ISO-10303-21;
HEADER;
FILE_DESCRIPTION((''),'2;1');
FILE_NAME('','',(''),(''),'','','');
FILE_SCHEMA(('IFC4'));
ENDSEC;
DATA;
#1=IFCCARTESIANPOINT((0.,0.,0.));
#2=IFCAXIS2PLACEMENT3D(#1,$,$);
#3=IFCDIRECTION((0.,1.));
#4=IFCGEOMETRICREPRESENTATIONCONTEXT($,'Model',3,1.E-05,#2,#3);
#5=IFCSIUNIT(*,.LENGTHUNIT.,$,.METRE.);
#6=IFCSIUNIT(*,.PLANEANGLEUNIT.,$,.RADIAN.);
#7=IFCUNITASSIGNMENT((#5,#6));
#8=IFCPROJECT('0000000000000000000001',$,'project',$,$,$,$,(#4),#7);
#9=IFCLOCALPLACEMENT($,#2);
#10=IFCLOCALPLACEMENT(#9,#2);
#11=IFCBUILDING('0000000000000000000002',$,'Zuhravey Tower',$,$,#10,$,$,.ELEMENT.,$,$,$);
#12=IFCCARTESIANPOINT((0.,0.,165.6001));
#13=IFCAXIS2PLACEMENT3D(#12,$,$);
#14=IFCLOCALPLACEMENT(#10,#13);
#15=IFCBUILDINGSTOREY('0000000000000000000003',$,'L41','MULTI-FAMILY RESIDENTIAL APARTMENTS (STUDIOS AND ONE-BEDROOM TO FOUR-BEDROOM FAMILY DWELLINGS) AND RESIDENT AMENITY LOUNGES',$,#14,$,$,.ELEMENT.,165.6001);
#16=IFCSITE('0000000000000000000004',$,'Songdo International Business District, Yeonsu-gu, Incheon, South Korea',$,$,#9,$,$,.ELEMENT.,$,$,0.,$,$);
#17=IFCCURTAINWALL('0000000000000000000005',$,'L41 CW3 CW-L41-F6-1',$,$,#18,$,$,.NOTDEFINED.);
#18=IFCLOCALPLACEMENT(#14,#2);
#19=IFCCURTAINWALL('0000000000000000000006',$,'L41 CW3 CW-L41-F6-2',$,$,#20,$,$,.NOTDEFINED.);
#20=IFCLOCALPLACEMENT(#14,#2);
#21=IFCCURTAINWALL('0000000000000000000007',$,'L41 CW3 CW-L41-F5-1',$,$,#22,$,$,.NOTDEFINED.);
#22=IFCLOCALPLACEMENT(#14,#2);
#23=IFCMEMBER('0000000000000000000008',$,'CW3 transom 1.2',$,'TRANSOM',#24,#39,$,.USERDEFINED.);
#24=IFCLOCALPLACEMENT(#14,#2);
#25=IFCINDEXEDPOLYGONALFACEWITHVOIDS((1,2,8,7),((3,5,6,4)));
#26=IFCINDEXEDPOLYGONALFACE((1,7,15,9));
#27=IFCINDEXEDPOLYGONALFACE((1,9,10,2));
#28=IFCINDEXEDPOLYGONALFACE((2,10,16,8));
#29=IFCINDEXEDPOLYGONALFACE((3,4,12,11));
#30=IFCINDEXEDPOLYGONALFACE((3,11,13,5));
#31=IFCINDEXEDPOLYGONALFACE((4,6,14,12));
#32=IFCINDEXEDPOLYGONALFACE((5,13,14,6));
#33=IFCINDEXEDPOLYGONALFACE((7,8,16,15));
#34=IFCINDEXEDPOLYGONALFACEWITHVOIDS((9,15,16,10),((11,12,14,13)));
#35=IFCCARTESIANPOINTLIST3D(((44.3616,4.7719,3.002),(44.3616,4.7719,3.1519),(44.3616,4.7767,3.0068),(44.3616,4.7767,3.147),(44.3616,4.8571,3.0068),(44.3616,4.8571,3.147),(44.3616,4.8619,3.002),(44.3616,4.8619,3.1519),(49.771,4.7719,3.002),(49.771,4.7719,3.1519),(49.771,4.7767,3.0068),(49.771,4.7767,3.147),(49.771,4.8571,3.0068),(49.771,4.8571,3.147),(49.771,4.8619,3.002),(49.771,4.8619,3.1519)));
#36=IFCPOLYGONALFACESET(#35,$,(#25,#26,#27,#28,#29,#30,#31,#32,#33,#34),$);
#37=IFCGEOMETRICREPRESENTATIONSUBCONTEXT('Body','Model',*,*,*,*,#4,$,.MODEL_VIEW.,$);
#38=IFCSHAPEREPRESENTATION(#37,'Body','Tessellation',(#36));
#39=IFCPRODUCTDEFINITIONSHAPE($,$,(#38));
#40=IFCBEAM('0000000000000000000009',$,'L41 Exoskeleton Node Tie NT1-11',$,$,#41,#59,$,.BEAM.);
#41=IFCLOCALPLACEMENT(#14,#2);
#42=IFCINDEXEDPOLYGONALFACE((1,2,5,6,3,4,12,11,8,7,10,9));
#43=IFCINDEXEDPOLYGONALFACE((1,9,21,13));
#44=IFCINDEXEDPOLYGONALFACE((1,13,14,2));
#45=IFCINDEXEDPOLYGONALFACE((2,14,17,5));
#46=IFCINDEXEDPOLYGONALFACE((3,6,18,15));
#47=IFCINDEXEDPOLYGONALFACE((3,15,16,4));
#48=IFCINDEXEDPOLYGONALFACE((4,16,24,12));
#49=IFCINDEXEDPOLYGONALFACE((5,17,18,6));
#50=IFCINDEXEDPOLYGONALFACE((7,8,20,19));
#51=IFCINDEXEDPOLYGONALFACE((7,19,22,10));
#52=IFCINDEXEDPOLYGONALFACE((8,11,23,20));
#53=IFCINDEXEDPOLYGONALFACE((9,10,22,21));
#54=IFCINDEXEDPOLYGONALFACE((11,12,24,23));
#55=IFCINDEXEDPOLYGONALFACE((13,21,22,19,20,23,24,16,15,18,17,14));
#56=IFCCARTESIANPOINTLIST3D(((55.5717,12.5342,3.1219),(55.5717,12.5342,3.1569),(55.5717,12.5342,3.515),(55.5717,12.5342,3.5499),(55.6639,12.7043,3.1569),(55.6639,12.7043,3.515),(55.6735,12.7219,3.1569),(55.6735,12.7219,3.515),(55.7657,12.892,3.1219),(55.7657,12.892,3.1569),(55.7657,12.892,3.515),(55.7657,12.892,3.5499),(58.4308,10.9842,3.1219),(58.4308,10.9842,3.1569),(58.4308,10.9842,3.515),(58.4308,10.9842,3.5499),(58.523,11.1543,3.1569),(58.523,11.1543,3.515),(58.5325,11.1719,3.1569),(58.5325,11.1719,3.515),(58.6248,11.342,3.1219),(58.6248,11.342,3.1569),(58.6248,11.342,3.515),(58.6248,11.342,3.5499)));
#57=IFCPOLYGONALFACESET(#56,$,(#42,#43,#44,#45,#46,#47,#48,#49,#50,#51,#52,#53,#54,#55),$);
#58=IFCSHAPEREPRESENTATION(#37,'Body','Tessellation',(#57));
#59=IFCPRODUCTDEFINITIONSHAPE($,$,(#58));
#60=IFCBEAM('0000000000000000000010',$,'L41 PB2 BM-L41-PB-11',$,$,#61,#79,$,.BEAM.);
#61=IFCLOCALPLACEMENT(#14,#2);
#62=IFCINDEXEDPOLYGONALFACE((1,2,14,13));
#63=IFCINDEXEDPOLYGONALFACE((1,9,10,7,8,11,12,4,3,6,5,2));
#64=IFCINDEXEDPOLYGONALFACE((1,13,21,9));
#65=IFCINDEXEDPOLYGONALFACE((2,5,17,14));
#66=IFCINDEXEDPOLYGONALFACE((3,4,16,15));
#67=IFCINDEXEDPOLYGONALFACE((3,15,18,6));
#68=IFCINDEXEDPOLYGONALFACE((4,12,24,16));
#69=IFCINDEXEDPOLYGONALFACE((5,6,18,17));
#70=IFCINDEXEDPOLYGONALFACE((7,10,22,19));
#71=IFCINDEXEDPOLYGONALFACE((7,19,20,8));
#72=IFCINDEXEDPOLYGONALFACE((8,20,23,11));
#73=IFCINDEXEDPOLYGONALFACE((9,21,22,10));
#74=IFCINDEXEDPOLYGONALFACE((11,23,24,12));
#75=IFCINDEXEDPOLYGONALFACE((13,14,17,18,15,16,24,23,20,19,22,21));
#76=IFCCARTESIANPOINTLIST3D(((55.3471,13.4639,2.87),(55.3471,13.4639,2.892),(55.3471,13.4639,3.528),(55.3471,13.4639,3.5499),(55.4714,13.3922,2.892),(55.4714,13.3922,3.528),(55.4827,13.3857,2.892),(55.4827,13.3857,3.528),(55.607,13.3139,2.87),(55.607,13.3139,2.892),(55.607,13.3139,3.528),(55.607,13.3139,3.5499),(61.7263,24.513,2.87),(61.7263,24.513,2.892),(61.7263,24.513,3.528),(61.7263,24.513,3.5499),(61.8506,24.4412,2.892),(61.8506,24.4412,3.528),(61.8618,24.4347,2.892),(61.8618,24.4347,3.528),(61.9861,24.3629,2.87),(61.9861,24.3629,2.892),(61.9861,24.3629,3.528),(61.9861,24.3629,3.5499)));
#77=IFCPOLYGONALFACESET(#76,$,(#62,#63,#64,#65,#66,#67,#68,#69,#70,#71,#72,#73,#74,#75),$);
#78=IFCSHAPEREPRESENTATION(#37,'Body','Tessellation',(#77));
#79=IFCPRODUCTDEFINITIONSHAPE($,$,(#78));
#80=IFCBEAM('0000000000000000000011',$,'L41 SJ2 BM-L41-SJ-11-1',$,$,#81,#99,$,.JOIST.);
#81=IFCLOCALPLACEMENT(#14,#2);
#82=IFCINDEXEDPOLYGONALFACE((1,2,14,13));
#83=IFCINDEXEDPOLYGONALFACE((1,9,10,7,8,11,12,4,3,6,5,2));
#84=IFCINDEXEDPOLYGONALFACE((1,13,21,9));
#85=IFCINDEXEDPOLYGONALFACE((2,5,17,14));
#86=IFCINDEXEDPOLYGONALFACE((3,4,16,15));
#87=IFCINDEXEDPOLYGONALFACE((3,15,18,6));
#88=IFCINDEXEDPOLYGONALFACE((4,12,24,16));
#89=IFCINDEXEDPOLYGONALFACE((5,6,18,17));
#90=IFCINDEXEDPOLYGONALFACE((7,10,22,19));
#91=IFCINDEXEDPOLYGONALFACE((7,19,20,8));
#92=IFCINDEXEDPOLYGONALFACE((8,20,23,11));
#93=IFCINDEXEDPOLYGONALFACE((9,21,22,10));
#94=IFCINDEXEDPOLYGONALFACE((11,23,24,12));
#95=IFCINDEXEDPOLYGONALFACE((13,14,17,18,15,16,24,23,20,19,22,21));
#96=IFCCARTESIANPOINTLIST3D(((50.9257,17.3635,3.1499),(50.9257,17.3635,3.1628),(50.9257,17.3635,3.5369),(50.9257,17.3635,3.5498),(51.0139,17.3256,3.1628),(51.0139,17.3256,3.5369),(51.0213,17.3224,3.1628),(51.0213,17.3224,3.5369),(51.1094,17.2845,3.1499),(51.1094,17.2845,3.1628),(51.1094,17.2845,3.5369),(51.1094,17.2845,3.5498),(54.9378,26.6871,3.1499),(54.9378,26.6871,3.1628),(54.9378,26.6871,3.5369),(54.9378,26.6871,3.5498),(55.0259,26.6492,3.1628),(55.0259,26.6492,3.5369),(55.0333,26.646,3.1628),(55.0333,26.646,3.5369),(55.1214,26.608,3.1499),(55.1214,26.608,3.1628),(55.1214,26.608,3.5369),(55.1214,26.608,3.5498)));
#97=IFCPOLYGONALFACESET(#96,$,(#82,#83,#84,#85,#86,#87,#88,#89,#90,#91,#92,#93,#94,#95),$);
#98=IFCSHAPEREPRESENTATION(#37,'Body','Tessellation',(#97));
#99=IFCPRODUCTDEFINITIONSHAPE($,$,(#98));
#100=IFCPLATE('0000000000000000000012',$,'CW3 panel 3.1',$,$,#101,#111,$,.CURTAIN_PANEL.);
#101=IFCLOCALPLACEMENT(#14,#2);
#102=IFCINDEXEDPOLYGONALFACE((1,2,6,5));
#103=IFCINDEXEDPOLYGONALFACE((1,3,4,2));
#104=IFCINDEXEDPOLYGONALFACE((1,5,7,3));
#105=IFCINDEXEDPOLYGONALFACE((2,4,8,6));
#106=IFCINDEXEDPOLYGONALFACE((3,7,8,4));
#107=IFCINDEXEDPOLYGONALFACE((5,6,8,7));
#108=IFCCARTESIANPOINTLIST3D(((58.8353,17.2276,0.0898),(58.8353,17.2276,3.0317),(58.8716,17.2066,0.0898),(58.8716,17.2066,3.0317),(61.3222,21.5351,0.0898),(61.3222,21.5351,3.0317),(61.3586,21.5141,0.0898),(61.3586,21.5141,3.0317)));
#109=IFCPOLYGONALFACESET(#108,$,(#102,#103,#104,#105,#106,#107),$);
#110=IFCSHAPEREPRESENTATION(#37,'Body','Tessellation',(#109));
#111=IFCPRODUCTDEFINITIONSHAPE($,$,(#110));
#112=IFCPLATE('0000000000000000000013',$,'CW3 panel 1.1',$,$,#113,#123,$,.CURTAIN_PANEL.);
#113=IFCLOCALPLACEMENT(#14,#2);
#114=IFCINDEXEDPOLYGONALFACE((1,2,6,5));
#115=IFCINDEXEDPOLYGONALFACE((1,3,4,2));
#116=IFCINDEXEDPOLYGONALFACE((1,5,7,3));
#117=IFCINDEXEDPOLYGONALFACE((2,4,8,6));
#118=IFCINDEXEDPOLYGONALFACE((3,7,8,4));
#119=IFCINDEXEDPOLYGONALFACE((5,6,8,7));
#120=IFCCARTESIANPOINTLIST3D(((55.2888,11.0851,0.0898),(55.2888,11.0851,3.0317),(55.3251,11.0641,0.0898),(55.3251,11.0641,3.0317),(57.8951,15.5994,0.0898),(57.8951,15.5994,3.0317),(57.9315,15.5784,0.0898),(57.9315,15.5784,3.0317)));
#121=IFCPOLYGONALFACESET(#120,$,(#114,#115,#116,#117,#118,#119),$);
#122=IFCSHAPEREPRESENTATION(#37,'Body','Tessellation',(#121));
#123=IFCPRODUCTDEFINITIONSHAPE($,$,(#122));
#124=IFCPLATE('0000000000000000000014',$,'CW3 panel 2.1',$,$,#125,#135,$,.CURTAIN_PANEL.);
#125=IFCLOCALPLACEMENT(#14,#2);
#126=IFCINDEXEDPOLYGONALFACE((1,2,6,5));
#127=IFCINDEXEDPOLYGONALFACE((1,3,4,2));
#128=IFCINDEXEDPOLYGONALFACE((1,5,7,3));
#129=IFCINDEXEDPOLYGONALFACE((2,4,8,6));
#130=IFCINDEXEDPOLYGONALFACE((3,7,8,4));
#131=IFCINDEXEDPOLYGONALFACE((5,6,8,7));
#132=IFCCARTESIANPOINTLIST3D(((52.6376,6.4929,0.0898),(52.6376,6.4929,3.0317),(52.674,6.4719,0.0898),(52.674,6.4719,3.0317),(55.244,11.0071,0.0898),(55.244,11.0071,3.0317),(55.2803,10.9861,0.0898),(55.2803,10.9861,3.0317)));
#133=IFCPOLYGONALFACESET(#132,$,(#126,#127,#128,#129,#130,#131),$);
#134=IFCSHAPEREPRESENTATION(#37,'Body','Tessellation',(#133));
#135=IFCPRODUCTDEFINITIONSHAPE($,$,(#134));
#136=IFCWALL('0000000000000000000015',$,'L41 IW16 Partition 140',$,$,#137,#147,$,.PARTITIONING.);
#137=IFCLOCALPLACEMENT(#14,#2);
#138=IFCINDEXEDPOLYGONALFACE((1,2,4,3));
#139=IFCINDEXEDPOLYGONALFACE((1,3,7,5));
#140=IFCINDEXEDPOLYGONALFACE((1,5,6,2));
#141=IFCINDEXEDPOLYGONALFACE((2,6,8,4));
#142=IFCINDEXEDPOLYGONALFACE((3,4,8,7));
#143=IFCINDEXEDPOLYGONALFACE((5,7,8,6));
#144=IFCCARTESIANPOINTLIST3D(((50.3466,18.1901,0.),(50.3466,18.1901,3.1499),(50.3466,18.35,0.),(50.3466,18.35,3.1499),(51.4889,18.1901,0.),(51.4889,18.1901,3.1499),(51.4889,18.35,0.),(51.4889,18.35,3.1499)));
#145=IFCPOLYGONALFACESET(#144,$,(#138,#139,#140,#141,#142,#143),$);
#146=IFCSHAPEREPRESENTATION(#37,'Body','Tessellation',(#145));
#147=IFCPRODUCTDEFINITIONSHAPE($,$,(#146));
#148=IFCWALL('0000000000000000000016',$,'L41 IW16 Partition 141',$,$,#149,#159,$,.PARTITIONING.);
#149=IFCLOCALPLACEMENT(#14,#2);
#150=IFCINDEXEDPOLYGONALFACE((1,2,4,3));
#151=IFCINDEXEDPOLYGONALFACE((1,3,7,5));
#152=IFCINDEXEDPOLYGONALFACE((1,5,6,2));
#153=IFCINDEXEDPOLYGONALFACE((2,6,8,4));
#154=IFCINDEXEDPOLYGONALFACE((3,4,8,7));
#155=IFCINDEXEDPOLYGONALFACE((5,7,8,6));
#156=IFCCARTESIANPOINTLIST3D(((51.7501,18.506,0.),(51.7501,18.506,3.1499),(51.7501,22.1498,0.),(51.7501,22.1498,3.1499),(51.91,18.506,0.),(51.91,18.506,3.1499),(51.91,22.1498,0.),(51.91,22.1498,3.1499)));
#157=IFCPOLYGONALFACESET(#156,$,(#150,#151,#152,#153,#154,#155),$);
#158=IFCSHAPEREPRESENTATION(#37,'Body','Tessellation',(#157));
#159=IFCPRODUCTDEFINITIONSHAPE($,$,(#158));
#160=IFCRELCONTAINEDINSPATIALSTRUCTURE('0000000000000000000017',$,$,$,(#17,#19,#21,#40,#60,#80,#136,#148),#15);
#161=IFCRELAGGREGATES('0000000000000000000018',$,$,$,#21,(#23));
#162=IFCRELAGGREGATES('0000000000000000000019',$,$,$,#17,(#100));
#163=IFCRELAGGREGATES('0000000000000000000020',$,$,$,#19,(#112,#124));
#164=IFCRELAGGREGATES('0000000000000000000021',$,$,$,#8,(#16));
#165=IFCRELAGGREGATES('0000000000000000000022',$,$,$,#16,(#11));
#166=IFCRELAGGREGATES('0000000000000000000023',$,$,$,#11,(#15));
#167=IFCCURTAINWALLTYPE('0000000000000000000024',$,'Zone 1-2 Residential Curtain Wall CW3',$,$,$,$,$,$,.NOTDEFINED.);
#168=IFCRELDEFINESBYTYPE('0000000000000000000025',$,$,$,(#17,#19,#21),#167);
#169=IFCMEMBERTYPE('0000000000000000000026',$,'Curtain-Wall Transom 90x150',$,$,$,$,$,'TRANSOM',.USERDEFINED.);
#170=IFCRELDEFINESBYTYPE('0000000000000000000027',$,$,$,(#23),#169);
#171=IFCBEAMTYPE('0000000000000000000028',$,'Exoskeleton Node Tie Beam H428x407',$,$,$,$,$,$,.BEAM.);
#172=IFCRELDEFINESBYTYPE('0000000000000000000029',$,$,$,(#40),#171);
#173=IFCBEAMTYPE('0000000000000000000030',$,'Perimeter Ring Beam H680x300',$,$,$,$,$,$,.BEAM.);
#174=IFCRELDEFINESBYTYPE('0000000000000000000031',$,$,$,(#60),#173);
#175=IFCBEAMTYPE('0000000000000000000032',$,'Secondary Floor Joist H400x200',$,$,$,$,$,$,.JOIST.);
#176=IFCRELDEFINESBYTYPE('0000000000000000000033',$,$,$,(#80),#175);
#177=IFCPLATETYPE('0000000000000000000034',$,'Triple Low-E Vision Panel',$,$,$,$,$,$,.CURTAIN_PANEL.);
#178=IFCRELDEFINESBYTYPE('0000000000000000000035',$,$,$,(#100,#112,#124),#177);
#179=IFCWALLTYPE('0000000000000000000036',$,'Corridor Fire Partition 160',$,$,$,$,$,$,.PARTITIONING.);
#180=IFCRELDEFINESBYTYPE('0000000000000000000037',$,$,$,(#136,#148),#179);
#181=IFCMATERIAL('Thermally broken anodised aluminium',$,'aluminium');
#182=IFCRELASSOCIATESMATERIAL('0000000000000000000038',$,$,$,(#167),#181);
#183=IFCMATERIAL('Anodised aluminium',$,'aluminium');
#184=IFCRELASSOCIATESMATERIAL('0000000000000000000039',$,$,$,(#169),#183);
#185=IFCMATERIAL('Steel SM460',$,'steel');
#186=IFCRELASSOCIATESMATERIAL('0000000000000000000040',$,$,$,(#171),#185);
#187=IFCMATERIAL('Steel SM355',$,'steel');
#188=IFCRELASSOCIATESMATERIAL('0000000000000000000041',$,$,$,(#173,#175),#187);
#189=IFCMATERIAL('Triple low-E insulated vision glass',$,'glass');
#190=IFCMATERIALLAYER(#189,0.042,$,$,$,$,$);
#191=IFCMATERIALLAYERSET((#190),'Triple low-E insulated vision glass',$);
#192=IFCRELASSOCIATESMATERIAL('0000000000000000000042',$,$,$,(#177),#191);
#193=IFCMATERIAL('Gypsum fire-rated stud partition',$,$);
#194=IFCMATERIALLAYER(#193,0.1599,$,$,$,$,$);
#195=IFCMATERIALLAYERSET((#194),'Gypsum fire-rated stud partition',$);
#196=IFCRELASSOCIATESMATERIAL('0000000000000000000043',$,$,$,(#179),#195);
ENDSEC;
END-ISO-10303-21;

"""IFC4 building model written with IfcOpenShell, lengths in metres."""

from ifc_helpers import new_model, si_unit, direction, frame, frame_2d, origin, origin_2d, place, context, subcontext, project, spatial, rectangle, hollow_rectangle, i_section, extrude, material, layer, layer_set, material_profile, profile_set, type_object, element, aggregate, save


model = new_model("IFC4")

# Units and contexts
model_context = context("Model", 3, precision=1e-05, world=origin(), true_north=direction((0.0, 1.0)))
body_context = subcontext(model_context, "Body", "Model", "MODEL_VIEW")
ifc_project = project(units=[si_unit("LENGTHUNIT", "METRE"), si_unit("PLANEANGLEUNIT", "RADIAN")], contexts=[model_context])

# Site, building, storey
site_placement = place(None, origin())
site = spatial("IfcSite", under=ifc_project, at=site_placement, Name="Songdo International Business District, Yeonsu-gu, Incheon, South Korea", CompositionType="ELEMENT", RefElevation=0.0)
building_placement = place(site_placement, origin())
building = spatial("IfcBuilding", under=site, at=building_placement, Name="Zuhravey Tower", CompositionType="ELEMENT")
storey_placement = place(building_placement, frame((0.0, 0.0, 165.6001)))
storey = spatial("IfcBuildingStorey", under=building, at=storey_placement, Name="L41", Description="MULTI-FAMILY RESIDENTIAL APARTMENTS (STUDIOS AND ONE-BEDROOM TO FOUR-BEDROOM FAMILY DWELLINGS) AND RESIDENT AMENITY LOUNGES", CompositionType="ELEMENT", Elevation=165.6001)

# Curtain wall
ifc_material_1 = material(Name="Thermally broken anodised aluminium", Category="aluminium")
curtain_wall_type = type_object("IfcCurtainWallType", Name="Zone 1-2 Residential Curtain Wall CW3", PredefinedType="NOTDEFINED", material=ifc_material_1)
curtain_wall_1_placement = place(storey_placement, origin())
curtain_wall_1 = element("IfcCurtainWall", 1, at=curtain_wall_1_placement, inside=storey, type_object=curtain_wall_type, Name="L41 CW3 CW-L41-F6-1", PredefinedType="NOTDEFINED")
ifc_material_2 = material(Name="Anodised aluminium", Category="aluminium")

# Curtain wall
curtain_wall_2_placement = place(storey_placement, origin())
curtain_wall_2 = element("IfcCurtainWall", 2, at=curtain_wall_2_placement, inside=storey, type_object=curtain_wall_type, Name="L41 CW3 CW-L41-F6-2", PredefinedType="NOTDEFINED")

# Curtain wall
curtain_wall_3_placement = place(storey_placement, origin())
curtain_wall_3 = element("IfcCurtainWall", 3, at=curtain_wall_3_placement, inside=storey, type_object=curtain_wall_type, Name="L41 CW3 CW-L41-F5-1", PredefinedType="NOTDEFINED")

# Member
ifc_material_profile_1 = material_profile(ifc_material_2, hollow_rectangle(XDim=0.0901, YDim=0.1499, WallThickness=0.0049, at=origin_2d()), Name="ALU-RHS-90x150x5")
ifc_profile_set_1 = profile_set([ifc_material_profile_1], Name="Anodised aluminium")
member_type_1 = type_object("IfcMemberType", Name="Curtain-Wall Transom 90x150", ElementType="TRANSOM", PredefinedType="USERDEFINED", material=ifc_profile_set_1)
member_1_placement = place(storey_placement, frame((49.771, 4.8169, 3.0769), z_axis=(-1.0, 0.0, 0.0), x_axis=(0.0, -1.0, 0.0)))
member_1 = element("IfcMember", 4, at=member_1_placement, type_object=member_type_1, Name="CW3 transom 1.2", ObjectType="TRANSOM", PredefinedType="USERDEFINED", context=body_context, shape_type="SweptSolid", body=[
    extrude(hollow_rectangle(XDim=0.0901, YDim=0.1499, WallThickness=0.0049, at=origin_2d()), origin(), (0.0, 0.0, 1.0), 5.4094),
])
aggregate(curtain_wall_3, [member_1])

# Beams
ifc_material_3 = material(Name="Steel SM460", Category="steel")
ifc_material_profile_2 = material_profile(ifc_material_3, i_section(OverallWidth=0.407, OverallDepth=0.428, WebThickness=0.02, FlangeThickness=0.0349, at=origin_2d()), Name="H-428x407x20x35")
ifc_profile_set_2 = profile_set([ifc_material_profile_2], Name="Steel SM460")
beam_type_1 = type_object("IfcBeamType", Name="Exoskeleton Node Tie Beam H428x407", PredefinedType="BEAM", material=ifc_profile_set_2)
beam_1_placement = place(storey_placement, frame((55.6687, 12.7131, 3.3359), z_axis=(0.879118, -0.476605, 0.0), x_axis=(0.476605, 0.879118, 0.0)))
element("IfcBeam", 5, at=beam_1_placement, inside=storey, type_object=beam_type_1, Name="L41 Exoskeleton Node Tie NT1-11", PredefinedType="BEAM", context=body_context, shape_type="SweptSolid", body=[
    extrude(i_section(OverallWidth=0.407, OverallDepth=0.428, WebThickness=0.02, FlangeThickness=0.0349, at=origin_2d()), origin(), (0.0, 0.0, 1.0), 3.2522),
])
ifc_material_4 = material(Name="Steel SM355", Category="steel")
ifc_material_profile_3 = material_profile(ifc_material_4, i_section(OverallWidth=0.3, OverallDepth=0.6799, WebThickness=0.0129, FlangeThickness=0.022, at=origin_2d()), Name="H-680x300x13x22")
ifc_profile_set_3 = profile_set([ifc_material_profile_3], Name="Steel SM355")
beam_type_2 = type_object("IfcBeamType", Name="Perimeter Ring Beam H680x300", PredefinedType="BEAM", material=ifc_profile_set_3)
beam_2_placement = place(storey_placement, frame((55.4771, 13.3889, 3.21), z_axis=(0.499998, 0.866027, 0.0), x_axis=(-0.866027, 0.499998, 0.0)))
element("IfcBeam", 6, at=beam_2_placement, inside=storey, type_object=beam_type_2, Name="L41 PB2 BM-L41-PB-11", PredefinedType="BEAM", context=body_context, shape_type="SweptSolid", body=[
    extrude(i_section(OverallWidth=0.3, OverallDepth=0.6799, WebThickness=0.0129, FlangeThickness=0.022, at=origin_2d()), origin(), (0.0, 0.0, 1.0), 12.7583),
])
ifc_material_profile_4 = material_profile(ifc_material_4, i_section(OverallWidth=0.2, OverallDepth=0.3999, WebThickness=0.0081, FlangeThickness=0.0129, at=origin_2d()), Name="H-400x200x8x13")
ifc_profile_set_4 = profile_set([ifc_material_profile_4], Name="Steel SM355")
beam_type_3 = type_object("IfcBeamType", Name="Secondary Floor Joist H400x200", PredefinedType="JOIST", material=ifc_profile_set_4)
beam_3_placement = place(storey_placement, frame((51.0176, 17.324, 3.3499), z_axis=(0.395266, 0.918567, 0.0), x_axis=(-0.918567, 0.395266, 0.0)))
element("IfcBeam", 7, at=beam_3_placement, inside=storey, type_object=beam_type_3, Name="L41 SJ2 BM-L41-SJ-11-1", PredefinedType="JOIST", context=body_context, shape_type="SweptSolid", body=[
    extrude(i_section(OverallWidth=0.2, OverallDepth=0.3999, WebThickness=0.0081, FlangeThickness=0.0129, at=origin_2d()), origin(), (0.0, 0.0, 1.0), 10.1501),
])

# Plates
ifc_material_5 = material(Name="Triple low-E insulated vision glass", Category="glass")
ifc_layer_1 = layer(ifc_material_5, 0.042)
ifc_layer_set_1 = layer_set([ifc_layer_1], Name="Triple low-E insulated vision glass")
plate_type = type_object("IfcPlateType", Name="Triple Low-E Vision Panel", PredefinedType="CURTAIN_PANEL", material=ifc_layer_set_1)
plate_1_placement = place(storey_placement, frame((60.0969, 19.3708, 0.0898), z_axis=(0.0, 0.0, 1.0), x_axis=(-0.5, -0.866025, 0.0)))
plate_1 = element("IfcPlate", 8, at=plate_1_placement, type_object=plate_type, Name="CW3 panel 3.1", PredefinedType="CURTAIN_PANEL", context=body_context, shape_type="SweptSolid", body=[
    extrude(rectangle(XDim=4.9739, YDim=0.042, at=origin_2d()), origin(), (0.0, 0.0, 1.0), 2.9419),
])
aggregate(curtain_wall_1, [plate_1])
plate_2_placement = place(storey_placement, frame((56.6101, 13.3318, 0.0898), z_axis=(0.0, 0.0, 1.0), x_axis=(-0.5, -0.866026, 0.0)))
plate_2 = element("IfcPlate", 9, at=plate_2_placement, type_object=plate_type, Name="CW3 panel 1.1", PredefinedType="CURTAIN_PANEL", context=body_context, shape_type="SweptSolid", body=[
    extrude(rectangle(XDim=5.2126, YDim=0.042, at=origin_2d()), origin(), (0.0, 0.0, 1.0), 2.9419),
])
plate_3_placement = place(storey_placement, frame((53.959, 8.7395, 0.0898), z_axis=(0.0, 0.0, 1.0), x_axis=(-0.5, -0.866026, 0.0)))
plate_3 = element("IfcPlate", 10, at=plate_3_placement, type_object=plate_type, Name="CW3 panel 2.1", PredefinedType="CURTAIN_PANEL", context=body_context, shape_type="SweptSolid", body=[
    extrude(rectangle(XDim=5.2126, YDim=0.042, at=origin_2d()), origin(), (0.0, 0.0, 1.0), 2.9419),
])
aggregate(curtain_wall_2, [plate_2, plate_3])

# Walls
ifc_material_6 = material(Name="Gypsum fire-rated stud partition")
ifc_layer_2 = layer(ifc_material_6, 0.1599)
ifc_layer_set_2 = layer_set([ifc_layer_2], Name="Gypsum fire-rated stud partition")
wall_type_1 = type_object("IfcWallType", Name="Corridor Fire Partition 160", PredefinedType="PARTITIONING", material=ifc_layer_set_2)
wall_1_placement = place(storey_placement, frame((50.3464, 18.27, 0.0), z_axis=(0.0, 0.0, 1.0), x_axis=(1.0, 0.0, 0.0)))
element("IfcWall", 11, at=wall_1_placement, inside=storey, type_object=wall_type_1, Name="L41 IW16 Partition 140", PredefinedType="PARTITIONING", context=body_context, shape_type="SweptSolid", body=[
    extrude(rectangle(XDim=1.1423, YDim=0.1599, at=frame_2d((0.5713, 0.0))), origin(), (0.0, 0.0, 1.0), 3.1499),
])
wall_2_placement = place(storey_placement, frame((51.8301, 18.5061, 0.0), z_axis=(0.0, 0.0, 1.0), x_axis=(0.0, 1.0, 0.0)))
element("IfcWall", 12, at=wall_2_placement, inside=storey, type_object=wall_type_1, Name="L41 IW16 Partition 141", PredefinedType="PARTITIONING", context=body_context, shape_type="SweptSolid", body=[
    extrude(rectangle(XDim=3.6438, YDim=0.1599, at=frame_2d((1.8218, 0.0))), origin(), (0.0, 0.0, 1.0), 3.1499),
])

save(model, "model.ifc")
